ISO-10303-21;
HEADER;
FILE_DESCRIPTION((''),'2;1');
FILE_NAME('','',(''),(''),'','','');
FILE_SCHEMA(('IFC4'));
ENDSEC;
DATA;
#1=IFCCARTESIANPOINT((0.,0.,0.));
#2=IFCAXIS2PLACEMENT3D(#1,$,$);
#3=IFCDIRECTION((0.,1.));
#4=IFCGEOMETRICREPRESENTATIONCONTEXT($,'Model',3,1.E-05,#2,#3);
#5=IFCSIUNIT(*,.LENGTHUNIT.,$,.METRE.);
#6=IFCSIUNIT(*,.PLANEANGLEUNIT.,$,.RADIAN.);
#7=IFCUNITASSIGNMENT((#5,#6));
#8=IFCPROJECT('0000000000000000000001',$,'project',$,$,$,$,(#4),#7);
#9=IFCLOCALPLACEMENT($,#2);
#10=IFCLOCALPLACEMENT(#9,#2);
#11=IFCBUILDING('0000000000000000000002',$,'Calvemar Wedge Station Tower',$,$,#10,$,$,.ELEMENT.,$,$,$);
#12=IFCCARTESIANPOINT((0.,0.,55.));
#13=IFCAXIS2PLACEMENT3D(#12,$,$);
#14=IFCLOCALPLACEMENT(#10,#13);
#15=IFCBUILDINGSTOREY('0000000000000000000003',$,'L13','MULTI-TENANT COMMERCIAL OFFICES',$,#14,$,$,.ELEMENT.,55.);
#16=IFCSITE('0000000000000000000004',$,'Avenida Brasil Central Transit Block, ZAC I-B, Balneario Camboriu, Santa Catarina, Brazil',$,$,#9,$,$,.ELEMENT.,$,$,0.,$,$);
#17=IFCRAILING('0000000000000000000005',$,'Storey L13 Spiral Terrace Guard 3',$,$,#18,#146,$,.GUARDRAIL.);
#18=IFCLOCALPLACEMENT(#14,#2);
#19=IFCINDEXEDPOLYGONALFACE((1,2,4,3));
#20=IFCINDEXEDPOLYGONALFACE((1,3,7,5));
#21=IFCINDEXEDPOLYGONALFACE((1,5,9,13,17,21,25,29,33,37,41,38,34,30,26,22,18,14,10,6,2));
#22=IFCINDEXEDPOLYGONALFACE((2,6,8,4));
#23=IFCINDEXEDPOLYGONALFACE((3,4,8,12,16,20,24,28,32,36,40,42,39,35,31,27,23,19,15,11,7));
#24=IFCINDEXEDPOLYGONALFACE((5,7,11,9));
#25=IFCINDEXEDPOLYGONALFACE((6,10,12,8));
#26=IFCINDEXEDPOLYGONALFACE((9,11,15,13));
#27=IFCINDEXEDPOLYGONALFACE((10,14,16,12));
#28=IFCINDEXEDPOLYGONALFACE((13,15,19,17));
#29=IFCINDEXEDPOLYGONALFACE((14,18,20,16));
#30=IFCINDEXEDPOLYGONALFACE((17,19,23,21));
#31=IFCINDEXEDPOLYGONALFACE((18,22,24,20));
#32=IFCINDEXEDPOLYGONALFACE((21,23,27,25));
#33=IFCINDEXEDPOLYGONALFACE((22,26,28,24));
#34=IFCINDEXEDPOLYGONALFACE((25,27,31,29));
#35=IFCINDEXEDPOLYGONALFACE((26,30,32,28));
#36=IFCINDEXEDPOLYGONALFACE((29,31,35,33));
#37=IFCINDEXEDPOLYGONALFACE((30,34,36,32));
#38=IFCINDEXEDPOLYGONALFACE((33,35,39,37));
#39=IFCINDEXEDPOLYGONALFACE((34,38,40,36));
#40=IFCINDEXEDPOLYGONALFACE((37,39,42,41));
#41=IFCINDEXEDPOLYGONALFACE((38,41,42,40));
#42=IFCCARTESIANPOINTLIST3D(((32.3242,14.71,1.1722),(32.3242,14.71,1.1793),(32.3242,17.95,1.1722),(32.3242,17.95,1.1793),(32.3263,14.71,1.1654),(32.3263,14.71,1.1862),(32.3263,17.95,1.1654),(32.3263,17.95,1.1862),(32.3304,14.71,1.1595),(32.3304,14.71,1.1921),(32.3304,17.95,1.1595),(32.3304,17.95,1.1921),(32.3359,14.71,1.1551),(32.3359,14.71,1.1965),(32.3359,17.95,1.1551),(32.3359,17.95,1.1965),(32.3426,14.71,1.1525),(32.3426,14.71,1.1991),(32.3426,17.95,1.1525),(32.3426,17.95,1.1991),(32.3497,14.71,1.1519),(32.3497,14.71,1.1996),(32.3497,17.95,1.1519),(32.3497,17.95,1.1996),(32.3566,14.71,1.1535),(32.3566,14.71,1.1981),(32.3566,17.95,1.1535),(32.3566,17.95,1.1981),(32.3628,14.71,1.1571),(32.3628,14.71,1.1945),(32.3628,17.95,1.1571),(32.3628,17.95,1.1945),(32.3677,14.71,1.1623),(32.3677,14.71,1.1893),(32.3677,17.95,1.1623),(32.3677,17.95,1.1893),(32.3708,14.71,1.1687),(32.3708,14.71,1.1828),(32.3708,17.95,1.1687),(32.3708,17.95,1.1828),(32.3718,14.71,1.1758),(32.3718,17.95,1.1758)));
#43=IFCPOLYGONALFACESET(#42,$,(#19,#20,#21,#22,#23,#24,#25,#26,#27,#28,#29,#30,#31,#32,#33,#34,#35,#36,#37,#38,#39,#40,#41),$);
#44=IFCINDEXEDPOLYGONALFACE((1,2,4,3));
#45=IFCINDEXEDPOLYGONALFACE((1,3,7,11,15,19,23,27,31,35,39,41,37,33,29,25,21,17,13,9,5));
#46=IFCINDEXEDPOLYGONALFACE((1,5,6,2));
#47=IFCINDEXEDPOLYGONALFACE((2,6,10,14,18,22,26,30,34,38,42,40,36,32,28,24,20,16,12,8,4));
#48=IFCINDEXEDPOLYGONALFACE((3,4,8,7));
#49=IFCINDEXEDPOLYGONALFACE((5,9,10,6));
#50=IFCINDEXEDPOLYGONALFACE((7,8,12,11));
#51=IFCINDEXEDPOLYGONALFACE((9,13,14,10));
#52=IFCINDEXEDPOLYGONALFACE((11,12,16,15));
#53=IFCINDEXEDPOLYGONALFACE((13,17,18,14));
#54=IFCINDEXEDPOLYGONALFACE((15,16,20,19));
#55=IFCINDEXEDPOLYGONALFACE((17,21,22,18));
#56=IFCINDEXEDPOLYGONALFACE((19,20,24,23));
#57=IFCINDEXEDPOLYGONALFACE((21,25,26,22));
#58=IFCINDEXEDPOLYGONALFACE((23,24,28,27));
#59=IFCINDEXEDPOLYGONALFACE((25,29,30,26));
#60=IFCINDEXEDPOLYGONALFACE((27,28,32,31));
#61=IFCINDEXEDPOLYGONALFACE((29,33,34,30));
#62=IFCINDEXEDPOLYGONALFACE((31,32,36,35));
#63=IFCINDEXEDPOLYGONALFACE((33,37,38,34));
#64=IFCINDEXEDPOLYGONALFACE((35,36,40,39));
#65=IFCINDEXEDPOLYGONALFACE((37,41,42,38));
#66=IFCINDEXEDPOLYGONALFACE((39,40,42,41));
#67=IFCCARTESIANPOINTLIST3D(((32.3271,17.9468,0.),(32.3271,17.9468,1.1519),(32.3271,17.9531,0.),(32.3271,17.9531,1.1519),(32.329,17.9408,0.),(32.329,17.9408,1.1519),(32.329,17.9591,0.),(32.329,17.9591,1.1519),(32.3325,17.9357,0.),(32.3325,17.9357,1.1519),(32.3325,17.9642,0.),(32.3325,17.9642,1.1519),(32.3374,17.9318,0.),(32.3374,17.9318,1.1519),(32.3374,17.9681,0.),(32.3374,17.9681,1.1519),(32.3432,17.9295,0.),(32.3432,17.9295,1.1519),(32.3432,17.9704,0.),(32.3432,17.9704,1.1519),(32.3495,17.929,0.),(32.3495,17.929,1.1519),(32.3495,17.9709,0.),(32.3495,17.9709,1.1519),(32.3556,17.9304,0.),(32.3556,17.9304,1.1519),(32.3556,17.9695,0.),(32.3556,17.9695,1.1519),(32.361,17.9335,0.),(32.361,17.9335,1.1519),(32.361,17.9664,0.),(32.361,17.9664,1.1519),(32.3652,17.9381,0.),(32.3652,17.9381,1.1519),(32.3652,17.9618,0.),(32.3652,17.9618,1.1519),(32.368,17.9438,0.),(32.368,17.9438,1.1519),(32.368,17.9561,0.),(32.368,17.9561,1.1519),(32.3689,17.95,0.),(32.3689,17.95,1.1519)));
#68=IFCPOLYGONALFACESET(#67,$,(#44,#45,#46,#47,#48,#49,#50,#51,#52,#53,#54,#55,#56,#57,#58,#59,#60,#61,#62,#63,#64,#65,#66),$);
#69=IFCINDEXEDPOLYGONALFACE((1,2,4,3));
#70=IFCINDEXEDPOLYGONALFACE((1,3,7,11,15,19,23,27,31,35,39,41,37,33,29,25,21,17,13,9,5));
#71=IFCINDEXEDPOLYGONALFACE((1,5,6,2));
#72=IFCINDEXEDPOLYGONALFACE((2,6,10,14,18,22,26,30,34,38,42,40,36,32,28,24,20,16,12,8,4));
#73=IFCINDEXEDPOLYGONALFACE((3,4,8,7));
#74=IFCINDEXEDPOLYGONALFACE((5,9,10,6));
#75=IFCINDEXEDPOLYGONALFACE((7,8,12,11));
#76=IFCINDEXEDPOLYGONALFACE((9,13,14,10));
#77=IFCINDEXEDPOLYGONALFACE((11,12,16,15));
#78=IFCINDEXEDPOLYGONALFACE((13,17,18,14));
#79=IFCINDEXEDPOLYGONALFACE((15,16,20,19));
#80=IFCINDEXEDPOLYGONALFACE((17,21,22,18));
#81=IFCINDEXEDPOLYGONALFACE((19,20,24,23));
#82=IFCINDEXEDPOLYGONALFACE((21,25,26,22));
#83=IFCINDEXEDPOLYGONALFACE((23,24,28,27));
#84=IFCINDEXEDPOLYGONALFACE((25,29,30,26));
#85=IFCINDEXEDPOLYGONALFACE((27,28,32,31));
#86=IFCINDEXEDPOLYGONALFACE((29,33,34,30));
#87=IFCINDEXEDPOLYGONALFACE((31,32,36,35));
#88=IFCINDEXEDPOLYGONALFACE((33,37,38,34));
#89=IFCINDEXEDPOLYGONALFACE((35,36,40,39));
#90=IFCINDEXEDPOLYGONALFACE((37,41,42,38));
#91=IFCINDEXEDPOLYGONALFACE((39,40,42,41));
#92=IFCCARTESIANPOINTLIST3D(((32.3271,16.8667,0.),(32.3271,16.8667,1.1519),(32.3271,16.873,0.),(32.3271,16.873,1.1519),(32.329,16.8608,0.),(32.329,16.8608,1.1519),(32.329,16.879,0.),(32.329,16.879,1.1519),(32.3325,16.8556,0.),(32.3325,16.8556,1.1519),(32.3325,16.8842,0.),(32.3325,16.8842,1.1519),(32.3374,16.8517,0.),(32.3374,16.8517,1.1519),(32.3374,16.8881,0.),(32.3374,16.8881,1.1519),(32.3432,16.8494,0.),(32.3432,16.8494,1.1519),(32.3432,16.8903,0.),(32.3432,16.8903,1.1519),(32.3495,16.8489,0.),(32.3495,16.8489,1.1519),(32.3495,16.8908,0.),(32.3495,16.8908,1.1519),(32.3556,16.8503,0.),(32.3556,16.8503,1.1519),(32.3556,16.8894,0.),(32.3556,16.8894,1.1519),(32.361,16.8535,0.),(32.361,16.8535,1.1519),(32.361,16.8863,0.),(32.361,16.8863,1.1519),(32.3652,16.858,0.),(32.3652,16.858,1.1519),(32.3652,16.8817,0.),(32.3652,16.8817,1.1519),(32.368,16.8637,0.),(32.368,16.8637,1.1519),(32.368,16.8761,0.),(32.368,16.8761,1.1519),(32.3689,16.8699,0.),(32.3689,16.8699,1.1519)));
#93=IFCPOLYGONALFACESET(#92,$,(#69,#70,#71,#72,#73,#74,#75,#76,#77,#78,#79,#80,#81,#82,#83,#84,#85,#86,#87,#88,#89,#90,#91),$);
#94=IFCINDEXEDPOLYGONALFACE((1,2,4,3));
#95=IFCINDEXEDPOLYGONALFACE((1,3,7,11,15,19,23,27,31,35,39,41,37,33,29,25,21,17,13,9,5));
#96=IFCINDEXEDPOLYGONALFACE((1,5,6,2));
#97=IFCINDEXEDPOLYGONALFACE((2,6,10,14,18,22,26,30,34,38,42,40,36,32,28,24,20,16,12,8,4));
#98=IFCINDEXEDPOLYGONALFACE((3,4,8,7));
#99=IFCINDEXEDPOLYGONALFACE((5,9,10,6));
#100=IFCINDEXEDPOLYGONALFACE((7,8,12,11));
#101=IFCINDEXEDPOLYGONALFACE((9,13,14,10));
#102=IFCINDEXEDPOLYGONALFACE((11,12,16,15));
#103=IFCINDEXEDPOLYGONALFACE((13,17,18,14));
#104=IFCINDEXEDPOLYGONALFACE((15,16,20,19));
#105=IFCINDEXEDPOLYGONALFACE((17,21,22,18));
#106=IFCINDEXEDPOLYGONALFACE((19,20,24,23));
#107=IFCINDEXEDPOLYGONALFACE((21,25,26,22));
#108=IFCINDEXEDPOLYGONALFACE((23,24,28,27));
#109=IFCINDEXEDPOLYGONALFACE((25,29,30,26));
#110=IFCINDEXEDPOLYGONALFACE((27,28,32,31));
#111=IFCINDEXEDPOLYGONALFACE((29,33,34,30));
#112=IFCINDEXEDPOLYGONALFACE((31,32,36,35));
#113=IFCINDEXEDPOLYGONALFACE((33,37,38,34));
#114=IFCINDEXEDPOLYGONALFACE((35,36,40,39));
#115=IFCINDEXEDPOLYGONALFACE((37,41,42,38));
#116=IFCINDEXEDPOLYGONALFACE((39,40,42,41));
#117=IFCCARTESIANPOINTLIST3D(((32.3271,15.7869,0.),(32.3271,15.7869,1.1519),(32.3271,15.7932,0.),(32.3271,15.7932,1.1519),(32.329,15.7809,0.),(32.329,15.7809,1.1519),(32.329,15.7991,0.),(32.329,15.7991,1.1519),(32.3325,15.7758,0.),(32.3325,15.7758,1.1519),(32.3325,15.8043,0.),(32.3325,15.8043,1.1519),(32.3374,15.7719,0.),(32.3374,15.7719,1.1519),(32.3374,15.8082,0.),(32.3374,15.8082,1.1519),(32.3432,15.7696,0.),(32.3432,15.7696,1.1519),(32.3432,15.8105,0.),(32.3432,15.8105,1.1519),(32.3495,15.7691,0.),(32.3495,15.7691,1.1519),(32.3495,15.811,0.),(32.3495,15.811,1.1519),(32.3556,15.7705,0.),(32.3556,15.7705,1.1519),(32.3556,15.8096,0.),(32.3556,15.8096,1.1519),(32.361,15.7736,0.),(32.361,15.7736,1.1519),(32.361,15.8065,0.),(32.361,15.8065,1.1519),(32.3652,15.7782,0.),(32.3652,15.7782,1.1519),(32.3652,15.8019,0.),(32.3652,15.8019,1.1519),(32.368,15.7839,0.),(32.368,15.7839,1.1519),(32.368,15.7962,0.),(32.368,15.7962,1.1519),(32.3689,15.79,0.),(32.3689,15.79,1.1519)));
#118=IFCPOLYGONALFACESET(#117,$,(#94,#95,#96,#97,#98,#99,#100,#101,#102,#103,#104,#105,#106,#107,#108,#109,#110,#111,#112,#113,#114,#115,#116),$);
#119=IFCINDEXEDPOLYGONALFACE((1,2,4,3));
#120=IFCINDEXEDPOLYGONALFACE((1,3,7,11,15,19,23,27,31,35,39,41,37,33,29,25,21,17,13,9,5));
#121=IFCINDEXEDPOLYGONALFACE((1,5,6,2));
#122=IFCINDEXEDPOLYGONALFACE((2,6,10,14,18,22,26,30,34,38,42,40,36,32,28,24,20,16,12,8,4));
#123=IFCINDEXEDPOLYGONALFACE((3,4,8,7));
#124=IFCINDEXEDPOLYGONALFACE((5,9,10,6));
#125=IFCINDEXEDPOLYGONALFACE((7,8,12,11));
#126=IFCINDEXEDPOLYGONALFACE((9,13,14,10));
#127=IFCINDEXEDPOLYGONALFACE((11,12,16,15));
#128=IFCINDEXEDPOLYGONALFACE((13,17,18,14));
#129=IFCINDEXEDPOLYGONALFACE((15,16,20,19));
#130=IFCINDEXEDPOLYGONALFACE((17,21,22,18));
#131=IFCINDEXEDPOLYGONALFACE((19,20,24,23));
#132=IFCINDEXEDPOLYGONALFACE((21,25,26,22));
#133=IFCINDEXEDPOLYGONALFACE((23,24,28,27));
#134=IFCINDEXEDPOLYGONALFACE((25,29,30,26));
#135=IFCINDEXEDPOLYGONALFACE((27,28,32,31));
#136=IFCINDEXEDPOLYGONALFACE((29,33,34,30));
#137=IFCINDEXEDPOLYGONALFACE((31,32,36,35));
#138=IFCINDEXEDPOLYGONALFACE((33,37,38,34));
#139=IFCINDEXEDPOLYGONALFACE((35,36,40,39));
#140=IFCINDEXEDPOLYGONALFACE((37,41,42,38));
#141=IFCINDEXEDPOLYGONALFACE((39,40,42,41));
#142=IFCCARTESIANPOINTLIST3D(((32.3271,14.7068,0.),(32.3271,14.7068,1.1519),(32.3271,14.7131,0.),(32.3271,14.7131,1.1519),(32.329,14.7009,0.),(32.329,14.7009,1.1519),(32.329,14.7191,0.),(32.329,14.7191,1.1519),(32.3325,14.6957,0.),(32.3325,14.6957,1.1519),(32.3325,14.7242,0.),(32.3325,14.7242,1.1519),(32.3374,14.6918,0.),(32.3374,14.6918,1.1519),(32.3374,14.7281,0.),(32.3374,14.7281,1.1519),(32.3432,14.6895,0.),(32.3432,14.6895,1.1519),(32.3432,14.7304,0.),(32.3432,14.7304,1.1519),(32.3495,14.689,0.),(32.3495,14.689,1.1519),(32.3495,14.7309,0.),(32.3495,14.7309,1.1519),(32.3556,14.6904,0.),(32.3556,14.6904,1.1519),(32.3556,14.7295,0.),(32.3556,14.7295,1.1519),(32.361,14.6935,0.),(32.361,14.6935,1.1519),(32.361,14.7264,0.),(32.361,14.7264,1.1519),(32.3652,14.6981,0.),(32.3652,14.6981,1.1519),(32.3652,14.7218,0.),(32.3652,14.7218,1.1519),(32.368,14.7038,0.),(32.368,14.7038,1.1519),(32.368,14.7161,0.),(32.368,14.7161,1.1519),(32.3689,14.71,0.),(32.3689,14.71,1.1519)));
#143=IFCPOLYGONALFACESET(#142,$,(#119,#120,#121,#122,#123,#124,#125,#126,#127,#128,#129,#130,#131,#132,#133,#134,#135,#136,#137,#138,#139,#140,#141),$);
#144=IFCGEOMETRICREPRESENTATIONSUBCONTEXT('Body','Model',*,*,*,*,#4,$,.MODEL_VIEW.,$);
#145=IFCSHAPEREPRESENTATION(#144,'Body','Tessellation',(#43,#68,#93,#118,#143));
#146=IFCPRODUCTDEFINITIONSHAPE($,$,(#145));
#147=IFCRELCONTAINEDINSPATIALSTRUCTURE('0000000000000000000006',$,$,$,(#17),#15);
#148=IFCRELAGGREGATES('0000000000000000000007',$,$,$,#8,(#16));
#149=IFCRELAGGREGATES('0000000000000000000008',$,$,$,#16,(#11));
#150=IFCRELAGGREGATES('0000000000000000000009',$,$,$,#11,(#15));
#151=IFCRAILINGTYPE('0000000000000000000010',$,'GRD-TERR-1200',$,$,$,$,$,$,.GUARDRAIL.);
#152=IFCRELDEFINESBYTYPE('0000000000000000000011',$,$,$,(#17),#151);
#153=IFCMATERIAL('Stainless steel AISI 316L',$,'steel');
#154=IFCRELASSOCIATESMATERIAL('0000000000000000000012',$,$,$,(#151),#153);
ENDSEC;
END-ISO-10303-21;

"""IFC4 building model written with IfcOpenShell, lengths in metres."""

from ifc_helpers import new_model, si_unit, direction, frame, origin, origin_2d, place, context, subcontext, project, spatial, circle, extrude, material, type_object, element, save


model = new_model("IFC4")

# Units and contexts
model_context = context("Model", 3, precision=1e-05, world=origin(), true_north=direction((0.0, 1.0)))
body_context = subcontext(model_context, "Body", "Model", "MODEL_VIEW")
ifc_project = project(units=[si_unit("LENGTHUNIT", "METRE"), si_unit("PLANEANGLEUNIT", "RADIAN")], contexts=[model_context])

# Site, building, storey
site_placement = place(None, origin())
site = spatial("IfcSite", under=ifc_project, at=site_placement, Name="Avenida Brasil Central Transit Block, ZAC I-B, Balneario Camboriu, Santa Catarina, Brazil", CompositionType="ELEMENT", RefElevation=0.0)
building_placement = place(site_placement, origin())
building = spatial("IfcBuilding", under=site, at=building_placement, Name="Calvemar Wedge Station Tower", CompositionType="ELEMENT")
storey_placement = place(building_placement, frame((0.0, 0.0, 55.0)))
storey = spatial("IfcBuildingStorey", under=building, at=storey_placement, Name="L13", Description="MULTI-TENANT COMMERCIAL OFFICES", CompositionType="ELEMENT", Elevation=55.0)

# Railing
ifc_material_1 = material(Name="Stainless steel AISI 316L", Category="steel")
railing_type = type_object("IfcRailingType", Name="GRD-TERR-1200", PredefinedType="GUARDRAIL", material=ifc_material_1)
railing_1_placement = place(storey_placement, frame((32.3479, 17.95, 0.0)))
element("IfcRailing", 1, at=railing_1_placement, inside=storey, type_object=railing_type, Name="Storey L13 Spiral Terrace Guard 3", PredefinedType="GUARDRAIL", context=body_context, shape_type="SweptSolid", body=[
    extrude(circle(Radius=0.0239, at=origin_2d()), frame((0.0, 0.0, 1.1758), z_axis=(0.0, -1.0, 0.0), x_axis=(1.0, 0.0, 0.0)), (0.0, 0.0, 1.0), 3.24),
    extrude(circle(Radius=0.021, at=origin_2d()), origin(), (0.0, 0.0, 1.0), 1.1519),
    extrude(circle(Radius=0.021, at=origin_2d()), frame((0.0, -1.0801, 0.0)), (0.0, 0.0, 1.0), 1.1519),
    extrude(circle(Radius=0.021, at=origin_2d()), frame((0.0, -2.1599, 0.0)), (0.0, 0.0, 1.0), 1.1519),
    extrude(circle(Radius=0.021, at=origin_2d()), frame((0.0, -3.24, 0.0)), (0.0, 0.0, 1.0), 1.1519),
])

save(model, "model.ifc")
